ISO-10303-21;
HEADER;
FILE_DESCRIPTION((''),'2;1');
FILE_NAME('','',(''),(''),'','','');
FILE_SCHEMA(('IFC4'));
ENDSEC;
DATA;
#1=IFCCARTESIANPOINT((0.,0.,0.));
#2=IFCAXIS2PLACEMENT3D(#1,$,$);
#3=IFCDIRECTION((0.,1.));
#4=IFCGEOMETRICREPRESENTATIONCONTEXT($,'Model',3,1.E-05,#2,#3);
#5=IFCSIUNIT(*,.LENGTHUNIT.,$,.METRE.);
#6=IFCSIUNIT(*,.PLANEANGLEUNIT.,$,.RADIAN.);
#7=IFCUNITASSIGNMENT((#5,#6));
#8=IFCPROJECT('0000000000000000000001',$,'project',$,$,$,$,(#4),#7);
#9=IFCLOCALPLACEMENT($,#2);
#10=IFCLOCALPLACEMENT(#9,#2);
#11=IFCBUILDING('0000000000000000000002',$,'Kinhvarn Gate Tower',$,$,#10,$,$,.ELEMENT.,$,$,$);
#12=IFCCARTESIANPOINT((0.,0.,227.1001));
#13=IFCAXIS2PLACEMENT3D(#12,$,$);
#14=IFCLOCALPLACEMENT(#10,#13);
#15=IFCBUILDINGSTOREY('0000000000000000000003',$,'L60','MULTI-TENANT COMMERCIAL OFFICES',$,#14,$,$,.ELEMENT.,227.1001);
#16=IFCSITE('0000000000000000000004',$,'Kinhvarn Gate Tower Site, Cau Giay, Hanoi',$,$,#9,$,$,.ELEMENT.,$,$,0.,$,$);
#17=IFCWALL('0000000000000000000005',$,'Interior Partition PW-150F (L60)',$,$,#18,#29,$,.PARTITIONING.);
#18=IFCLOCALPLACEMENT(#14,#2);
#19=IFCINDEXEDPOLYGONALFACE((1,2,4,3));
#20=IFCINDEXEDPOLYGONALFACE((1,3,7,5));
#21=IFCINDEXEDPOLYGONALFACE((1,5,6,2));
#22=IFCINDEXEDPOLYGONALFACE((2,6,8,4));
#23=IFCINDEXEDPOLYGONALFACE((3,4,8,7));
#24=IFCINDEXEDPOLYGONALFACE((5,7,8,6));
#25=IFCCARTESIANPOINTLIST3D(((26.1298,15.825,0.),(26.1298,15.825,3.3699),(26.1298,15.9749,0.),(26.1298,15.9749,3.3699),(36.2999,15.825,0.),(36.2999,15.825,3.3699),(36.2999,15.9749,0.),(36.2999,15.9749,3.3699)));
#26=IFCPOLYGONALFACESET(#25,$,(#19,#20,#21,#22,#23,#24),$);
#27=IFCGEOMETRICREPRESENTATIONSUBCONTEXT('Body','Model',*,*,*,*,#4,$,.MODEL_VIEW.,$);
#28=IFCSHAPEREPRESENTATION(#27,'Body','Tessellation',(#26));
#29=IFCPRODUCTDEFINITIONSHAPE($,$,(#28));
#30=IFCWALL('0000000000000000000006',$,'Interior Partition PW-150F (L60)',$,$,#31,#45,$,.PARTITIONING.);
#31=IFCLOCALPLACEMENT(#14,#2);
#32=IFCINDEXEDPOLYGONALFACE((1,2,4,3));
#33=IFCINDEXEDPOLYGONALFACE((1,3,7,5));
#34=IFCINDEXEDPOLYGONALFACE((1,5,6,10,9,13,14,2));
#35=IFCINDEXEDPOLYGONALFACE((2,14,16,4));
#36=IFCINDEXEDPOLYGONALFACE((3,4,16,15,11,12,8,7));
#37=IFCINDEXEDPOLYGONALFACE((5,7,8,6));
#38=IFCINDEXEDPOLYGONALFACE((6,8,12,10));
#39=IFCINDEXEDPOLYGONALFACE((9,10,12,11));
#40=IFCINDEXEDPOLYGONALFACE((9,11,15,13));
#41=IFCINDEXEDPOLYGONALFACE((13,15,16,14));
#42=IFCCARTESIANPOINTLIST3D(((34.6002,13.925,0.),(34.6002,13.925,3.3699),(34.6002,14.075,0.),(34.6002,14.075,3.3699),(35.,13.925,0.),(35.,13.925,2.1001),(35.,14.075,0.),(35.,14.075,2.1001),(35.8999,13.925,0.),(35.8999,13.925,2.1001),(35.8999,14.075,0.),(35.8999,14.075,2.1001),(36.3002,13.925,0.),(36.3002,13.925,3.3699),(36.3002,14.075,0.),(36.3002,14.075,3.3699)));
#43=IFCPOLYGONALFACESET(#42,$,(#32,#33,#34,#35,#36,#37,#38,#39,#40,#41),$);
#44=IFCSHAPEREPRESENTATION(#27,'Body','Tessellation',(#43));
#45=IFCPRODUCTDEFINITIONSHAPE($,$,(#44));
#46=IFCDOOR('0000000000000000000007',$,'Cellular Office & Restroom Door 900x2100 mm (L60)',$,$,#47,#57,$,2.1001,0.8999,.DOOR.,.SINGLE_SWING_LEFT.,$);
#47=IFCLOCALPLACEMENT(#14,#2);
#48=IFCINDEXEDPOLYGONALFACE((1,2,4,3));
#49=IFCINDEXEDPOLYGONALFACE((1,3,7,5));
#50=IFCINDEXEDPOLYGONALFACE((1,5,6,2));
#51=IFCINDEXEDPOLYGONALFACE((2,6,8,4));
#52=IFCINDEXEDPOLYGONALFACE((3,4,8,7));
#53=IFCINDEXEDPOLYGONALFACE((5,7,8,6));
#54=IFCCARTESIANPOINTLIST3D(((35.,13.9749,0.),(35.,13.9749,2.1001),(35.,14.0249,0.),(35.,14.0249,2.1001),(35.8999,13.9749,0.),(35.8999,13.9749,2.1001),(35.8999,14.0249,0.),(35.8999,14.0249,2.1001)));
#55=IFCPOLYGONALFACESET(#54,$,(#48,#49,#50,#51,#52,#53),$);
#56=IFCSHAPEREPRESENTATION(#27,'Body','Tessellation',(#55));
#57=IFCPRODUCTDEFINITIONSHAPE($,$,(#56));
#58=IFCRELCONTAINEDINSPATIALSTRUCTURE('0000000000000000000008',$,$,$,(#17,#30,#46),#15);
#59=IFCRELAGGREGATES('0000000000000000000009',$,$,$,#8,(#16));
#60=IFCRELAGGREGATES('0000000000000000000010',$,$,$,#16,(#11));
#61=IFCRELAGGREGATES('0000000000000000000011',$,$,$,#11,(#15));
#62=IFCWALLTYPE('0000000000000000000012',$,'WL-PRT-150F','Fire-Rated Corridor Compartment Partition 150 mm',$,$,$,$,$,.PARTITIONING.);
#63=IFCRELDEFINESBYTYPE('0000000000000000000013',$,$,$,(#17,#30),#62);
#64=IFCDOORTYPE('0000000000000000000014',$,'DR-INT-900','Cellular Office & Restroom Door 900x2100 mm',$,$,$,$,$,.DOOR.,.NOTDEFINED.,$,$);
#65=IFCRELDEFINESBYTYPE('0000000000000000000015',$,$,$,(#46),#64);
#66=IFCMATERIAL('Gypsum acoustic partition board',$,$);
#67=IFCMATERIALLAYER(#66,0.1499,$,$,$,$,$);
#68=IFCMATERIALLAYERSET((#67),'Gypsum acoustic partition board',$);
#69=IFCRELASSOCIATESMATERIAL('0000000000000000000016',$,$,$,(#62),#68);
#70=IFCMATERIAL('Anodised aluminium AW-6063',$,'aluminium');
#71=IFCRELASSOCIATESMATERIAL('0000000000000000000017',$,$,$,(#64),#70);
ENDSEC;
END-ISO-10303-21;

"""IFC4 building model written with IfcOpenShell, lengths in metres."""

from ifc_helpers import new_model, si_unit, direction, frame, frame_2d, origin, place, context, subcontext, project, spatial, rectangle, extrude, material, layer, layer_set, type_object, element, fill, save


model = new_model("IFC4")

# Units and contexts
model_context = context("Model", 3, precision=1e-05, world=origin(), true_north=direction((0.0, 1.0)))
body_context = subcontext(model_context, "Body", "Model", "MODEL_VIEW")
ifc_project = project(units=[si_unit("LENGTHUNIT", "METRE"), si_unit("PLANEANGLEUNIT", "RADIAN")], contexts=[model_context])

# Site, building, storey
site_placement = place(None, origin())
site = spatial("IfcSite", under=ifc_project, at=site_placement, Name="Kinhvarn Gate Tower Site, Cau Giay, Hanoi", CompositionType="ELEMENT", RefElevation=0.0)
building_placement = place(site_placement, origin())
building = spatial("IfcBuilding", under=site, at=building_placement, Name="Kinhvarn Gate Tower", CompositionType="ELEMENT")
storey_placement = place(building_placement, frame((0.0, 0.0, 227.1001)))
storey = spatial("IfcBuildingStorey", under=building, at=storey_placement, Name="L60", Description="MULTI-TENANT COMMERCIAL OFFICES", CompositionType="ELEMENT", Elevation=227.1001)

# Shared definitions
ifc_material_1 = material(Name="Gypsum acoustic partition board")
ifc_layer_1 = layer(ifc_material_1, 0.1499)
ifc_layer_set_1 = layer_set([ifc_layer_1], Name="Gypsum acoustic partition board")
wall_type_1 = type_object("IfcWallType", Name="WL-PRT-150F", Description="Fire-Rated Corridor Compartment Partition 150 mm", PredefinedType="PARTITIONING", material=ifc_layer_set_1)

# Shared definitions
ifc_material_2 = material(Name="Anodised aluminium AW-6063", Category="aluminium")

# Wall
wall_1_placement = place(storey_placement, frame((26.1299, 15.8999, 0.0), z_axis=(0.0, 0.0, 1.0), x_axis=(1.0, 0.0, 0.0)))
element("IfcWall", 1, at=wall_1_placement, inside=storey, type_object=wall_type_1, Name="Interior Partition PW-150F (L60)", PredefinedType="PARTITIONING", context=body_context, shape_type="SweptSolid", body=[
    extrude(rectangle(XDim=10.1702, YDim=0.1499, at=frame_2d((5.085, 0.0))), origin(), (0.0, 0.0, 1.0), 3.3699),
])

# Wall, opening, door
wall_2_placement = place(storey_placement, frame((34.6001, 14.0, 0.0), z_axis=(0.0, 0.0, 1.0), x_axis=(1.0, 0.0, 0.0)))
wall_2 = element("IfcWall", 2, at=wall_2_placement, inside=storey, type_object=wall_type_1, Name="Interior Partition PW-150F (L60)", PredefinedType="PARTITIONING", context=body_context, shape_type="SweptSolid", body=[
    extrude(rectangle(XDim=1.7, YDim=0.1499, at=frame_2d((0.8501, 0.0))), origin(), (0.0, 0.0, 1.0), 3.3699),
])
opening_1_placement = place(wall_2_placement, frame((0.3999, 0.0, 0.0)))
opening_1 = element("IfcOpeningElement", 3, at=opening_1_placement, cuts=wall_2, PredefinedType="OPENING", context=body_context, shape_type="SweptSolid", body=[
    extrude(rectangle(XDim=0.8999, YDim=2.1001, at=frame_2d((0.45, 1.05))), frame((0.0, 0.085, 0.0), z_axis=(0.0, -1.0, 0.0), x_axis=(1.0, 0.0, 0.0)), (0.0, 0.0, 1.0), 0.1699),
])
door_type_1 = type_object("IfcDoorType", Name="DR-INT-900", Description="Cellular Office & Restroom Door 900x2100 mm", OperationType="NOTDEFINED", PredefinedType="DOOR", material=ifc_material_2)
door_1_placement = place(opening_1_placement, origin())
door_1 = element("IfcDoor", 4, at=door_1_placement, inside=storey, type_object=door_type_1, Name="Cellular Office & Restroom Door 900x2100 mm (L60)", OperationType="SINGLE_SWING_LEFT", OverallHeight=2.1001, OverallWidth=0.8999, PredefinedType="DOOR", context=body_context, shape_type="SweptSolid", body=[
    extrude(rectangle(XDim=0.8999, YDim=2.1001, at=frame_2d((0.45, 1.05))), frame((0.0, 0.0249, 0.0), z_axis=(0.0, -1.0, 0.0), x_axis=(1.0, 0.0, 0.0)), (0.0, 0.0, 1.0), 0.05),
])
fill(opening_1, door_1)

save(model, "model.ifc")
